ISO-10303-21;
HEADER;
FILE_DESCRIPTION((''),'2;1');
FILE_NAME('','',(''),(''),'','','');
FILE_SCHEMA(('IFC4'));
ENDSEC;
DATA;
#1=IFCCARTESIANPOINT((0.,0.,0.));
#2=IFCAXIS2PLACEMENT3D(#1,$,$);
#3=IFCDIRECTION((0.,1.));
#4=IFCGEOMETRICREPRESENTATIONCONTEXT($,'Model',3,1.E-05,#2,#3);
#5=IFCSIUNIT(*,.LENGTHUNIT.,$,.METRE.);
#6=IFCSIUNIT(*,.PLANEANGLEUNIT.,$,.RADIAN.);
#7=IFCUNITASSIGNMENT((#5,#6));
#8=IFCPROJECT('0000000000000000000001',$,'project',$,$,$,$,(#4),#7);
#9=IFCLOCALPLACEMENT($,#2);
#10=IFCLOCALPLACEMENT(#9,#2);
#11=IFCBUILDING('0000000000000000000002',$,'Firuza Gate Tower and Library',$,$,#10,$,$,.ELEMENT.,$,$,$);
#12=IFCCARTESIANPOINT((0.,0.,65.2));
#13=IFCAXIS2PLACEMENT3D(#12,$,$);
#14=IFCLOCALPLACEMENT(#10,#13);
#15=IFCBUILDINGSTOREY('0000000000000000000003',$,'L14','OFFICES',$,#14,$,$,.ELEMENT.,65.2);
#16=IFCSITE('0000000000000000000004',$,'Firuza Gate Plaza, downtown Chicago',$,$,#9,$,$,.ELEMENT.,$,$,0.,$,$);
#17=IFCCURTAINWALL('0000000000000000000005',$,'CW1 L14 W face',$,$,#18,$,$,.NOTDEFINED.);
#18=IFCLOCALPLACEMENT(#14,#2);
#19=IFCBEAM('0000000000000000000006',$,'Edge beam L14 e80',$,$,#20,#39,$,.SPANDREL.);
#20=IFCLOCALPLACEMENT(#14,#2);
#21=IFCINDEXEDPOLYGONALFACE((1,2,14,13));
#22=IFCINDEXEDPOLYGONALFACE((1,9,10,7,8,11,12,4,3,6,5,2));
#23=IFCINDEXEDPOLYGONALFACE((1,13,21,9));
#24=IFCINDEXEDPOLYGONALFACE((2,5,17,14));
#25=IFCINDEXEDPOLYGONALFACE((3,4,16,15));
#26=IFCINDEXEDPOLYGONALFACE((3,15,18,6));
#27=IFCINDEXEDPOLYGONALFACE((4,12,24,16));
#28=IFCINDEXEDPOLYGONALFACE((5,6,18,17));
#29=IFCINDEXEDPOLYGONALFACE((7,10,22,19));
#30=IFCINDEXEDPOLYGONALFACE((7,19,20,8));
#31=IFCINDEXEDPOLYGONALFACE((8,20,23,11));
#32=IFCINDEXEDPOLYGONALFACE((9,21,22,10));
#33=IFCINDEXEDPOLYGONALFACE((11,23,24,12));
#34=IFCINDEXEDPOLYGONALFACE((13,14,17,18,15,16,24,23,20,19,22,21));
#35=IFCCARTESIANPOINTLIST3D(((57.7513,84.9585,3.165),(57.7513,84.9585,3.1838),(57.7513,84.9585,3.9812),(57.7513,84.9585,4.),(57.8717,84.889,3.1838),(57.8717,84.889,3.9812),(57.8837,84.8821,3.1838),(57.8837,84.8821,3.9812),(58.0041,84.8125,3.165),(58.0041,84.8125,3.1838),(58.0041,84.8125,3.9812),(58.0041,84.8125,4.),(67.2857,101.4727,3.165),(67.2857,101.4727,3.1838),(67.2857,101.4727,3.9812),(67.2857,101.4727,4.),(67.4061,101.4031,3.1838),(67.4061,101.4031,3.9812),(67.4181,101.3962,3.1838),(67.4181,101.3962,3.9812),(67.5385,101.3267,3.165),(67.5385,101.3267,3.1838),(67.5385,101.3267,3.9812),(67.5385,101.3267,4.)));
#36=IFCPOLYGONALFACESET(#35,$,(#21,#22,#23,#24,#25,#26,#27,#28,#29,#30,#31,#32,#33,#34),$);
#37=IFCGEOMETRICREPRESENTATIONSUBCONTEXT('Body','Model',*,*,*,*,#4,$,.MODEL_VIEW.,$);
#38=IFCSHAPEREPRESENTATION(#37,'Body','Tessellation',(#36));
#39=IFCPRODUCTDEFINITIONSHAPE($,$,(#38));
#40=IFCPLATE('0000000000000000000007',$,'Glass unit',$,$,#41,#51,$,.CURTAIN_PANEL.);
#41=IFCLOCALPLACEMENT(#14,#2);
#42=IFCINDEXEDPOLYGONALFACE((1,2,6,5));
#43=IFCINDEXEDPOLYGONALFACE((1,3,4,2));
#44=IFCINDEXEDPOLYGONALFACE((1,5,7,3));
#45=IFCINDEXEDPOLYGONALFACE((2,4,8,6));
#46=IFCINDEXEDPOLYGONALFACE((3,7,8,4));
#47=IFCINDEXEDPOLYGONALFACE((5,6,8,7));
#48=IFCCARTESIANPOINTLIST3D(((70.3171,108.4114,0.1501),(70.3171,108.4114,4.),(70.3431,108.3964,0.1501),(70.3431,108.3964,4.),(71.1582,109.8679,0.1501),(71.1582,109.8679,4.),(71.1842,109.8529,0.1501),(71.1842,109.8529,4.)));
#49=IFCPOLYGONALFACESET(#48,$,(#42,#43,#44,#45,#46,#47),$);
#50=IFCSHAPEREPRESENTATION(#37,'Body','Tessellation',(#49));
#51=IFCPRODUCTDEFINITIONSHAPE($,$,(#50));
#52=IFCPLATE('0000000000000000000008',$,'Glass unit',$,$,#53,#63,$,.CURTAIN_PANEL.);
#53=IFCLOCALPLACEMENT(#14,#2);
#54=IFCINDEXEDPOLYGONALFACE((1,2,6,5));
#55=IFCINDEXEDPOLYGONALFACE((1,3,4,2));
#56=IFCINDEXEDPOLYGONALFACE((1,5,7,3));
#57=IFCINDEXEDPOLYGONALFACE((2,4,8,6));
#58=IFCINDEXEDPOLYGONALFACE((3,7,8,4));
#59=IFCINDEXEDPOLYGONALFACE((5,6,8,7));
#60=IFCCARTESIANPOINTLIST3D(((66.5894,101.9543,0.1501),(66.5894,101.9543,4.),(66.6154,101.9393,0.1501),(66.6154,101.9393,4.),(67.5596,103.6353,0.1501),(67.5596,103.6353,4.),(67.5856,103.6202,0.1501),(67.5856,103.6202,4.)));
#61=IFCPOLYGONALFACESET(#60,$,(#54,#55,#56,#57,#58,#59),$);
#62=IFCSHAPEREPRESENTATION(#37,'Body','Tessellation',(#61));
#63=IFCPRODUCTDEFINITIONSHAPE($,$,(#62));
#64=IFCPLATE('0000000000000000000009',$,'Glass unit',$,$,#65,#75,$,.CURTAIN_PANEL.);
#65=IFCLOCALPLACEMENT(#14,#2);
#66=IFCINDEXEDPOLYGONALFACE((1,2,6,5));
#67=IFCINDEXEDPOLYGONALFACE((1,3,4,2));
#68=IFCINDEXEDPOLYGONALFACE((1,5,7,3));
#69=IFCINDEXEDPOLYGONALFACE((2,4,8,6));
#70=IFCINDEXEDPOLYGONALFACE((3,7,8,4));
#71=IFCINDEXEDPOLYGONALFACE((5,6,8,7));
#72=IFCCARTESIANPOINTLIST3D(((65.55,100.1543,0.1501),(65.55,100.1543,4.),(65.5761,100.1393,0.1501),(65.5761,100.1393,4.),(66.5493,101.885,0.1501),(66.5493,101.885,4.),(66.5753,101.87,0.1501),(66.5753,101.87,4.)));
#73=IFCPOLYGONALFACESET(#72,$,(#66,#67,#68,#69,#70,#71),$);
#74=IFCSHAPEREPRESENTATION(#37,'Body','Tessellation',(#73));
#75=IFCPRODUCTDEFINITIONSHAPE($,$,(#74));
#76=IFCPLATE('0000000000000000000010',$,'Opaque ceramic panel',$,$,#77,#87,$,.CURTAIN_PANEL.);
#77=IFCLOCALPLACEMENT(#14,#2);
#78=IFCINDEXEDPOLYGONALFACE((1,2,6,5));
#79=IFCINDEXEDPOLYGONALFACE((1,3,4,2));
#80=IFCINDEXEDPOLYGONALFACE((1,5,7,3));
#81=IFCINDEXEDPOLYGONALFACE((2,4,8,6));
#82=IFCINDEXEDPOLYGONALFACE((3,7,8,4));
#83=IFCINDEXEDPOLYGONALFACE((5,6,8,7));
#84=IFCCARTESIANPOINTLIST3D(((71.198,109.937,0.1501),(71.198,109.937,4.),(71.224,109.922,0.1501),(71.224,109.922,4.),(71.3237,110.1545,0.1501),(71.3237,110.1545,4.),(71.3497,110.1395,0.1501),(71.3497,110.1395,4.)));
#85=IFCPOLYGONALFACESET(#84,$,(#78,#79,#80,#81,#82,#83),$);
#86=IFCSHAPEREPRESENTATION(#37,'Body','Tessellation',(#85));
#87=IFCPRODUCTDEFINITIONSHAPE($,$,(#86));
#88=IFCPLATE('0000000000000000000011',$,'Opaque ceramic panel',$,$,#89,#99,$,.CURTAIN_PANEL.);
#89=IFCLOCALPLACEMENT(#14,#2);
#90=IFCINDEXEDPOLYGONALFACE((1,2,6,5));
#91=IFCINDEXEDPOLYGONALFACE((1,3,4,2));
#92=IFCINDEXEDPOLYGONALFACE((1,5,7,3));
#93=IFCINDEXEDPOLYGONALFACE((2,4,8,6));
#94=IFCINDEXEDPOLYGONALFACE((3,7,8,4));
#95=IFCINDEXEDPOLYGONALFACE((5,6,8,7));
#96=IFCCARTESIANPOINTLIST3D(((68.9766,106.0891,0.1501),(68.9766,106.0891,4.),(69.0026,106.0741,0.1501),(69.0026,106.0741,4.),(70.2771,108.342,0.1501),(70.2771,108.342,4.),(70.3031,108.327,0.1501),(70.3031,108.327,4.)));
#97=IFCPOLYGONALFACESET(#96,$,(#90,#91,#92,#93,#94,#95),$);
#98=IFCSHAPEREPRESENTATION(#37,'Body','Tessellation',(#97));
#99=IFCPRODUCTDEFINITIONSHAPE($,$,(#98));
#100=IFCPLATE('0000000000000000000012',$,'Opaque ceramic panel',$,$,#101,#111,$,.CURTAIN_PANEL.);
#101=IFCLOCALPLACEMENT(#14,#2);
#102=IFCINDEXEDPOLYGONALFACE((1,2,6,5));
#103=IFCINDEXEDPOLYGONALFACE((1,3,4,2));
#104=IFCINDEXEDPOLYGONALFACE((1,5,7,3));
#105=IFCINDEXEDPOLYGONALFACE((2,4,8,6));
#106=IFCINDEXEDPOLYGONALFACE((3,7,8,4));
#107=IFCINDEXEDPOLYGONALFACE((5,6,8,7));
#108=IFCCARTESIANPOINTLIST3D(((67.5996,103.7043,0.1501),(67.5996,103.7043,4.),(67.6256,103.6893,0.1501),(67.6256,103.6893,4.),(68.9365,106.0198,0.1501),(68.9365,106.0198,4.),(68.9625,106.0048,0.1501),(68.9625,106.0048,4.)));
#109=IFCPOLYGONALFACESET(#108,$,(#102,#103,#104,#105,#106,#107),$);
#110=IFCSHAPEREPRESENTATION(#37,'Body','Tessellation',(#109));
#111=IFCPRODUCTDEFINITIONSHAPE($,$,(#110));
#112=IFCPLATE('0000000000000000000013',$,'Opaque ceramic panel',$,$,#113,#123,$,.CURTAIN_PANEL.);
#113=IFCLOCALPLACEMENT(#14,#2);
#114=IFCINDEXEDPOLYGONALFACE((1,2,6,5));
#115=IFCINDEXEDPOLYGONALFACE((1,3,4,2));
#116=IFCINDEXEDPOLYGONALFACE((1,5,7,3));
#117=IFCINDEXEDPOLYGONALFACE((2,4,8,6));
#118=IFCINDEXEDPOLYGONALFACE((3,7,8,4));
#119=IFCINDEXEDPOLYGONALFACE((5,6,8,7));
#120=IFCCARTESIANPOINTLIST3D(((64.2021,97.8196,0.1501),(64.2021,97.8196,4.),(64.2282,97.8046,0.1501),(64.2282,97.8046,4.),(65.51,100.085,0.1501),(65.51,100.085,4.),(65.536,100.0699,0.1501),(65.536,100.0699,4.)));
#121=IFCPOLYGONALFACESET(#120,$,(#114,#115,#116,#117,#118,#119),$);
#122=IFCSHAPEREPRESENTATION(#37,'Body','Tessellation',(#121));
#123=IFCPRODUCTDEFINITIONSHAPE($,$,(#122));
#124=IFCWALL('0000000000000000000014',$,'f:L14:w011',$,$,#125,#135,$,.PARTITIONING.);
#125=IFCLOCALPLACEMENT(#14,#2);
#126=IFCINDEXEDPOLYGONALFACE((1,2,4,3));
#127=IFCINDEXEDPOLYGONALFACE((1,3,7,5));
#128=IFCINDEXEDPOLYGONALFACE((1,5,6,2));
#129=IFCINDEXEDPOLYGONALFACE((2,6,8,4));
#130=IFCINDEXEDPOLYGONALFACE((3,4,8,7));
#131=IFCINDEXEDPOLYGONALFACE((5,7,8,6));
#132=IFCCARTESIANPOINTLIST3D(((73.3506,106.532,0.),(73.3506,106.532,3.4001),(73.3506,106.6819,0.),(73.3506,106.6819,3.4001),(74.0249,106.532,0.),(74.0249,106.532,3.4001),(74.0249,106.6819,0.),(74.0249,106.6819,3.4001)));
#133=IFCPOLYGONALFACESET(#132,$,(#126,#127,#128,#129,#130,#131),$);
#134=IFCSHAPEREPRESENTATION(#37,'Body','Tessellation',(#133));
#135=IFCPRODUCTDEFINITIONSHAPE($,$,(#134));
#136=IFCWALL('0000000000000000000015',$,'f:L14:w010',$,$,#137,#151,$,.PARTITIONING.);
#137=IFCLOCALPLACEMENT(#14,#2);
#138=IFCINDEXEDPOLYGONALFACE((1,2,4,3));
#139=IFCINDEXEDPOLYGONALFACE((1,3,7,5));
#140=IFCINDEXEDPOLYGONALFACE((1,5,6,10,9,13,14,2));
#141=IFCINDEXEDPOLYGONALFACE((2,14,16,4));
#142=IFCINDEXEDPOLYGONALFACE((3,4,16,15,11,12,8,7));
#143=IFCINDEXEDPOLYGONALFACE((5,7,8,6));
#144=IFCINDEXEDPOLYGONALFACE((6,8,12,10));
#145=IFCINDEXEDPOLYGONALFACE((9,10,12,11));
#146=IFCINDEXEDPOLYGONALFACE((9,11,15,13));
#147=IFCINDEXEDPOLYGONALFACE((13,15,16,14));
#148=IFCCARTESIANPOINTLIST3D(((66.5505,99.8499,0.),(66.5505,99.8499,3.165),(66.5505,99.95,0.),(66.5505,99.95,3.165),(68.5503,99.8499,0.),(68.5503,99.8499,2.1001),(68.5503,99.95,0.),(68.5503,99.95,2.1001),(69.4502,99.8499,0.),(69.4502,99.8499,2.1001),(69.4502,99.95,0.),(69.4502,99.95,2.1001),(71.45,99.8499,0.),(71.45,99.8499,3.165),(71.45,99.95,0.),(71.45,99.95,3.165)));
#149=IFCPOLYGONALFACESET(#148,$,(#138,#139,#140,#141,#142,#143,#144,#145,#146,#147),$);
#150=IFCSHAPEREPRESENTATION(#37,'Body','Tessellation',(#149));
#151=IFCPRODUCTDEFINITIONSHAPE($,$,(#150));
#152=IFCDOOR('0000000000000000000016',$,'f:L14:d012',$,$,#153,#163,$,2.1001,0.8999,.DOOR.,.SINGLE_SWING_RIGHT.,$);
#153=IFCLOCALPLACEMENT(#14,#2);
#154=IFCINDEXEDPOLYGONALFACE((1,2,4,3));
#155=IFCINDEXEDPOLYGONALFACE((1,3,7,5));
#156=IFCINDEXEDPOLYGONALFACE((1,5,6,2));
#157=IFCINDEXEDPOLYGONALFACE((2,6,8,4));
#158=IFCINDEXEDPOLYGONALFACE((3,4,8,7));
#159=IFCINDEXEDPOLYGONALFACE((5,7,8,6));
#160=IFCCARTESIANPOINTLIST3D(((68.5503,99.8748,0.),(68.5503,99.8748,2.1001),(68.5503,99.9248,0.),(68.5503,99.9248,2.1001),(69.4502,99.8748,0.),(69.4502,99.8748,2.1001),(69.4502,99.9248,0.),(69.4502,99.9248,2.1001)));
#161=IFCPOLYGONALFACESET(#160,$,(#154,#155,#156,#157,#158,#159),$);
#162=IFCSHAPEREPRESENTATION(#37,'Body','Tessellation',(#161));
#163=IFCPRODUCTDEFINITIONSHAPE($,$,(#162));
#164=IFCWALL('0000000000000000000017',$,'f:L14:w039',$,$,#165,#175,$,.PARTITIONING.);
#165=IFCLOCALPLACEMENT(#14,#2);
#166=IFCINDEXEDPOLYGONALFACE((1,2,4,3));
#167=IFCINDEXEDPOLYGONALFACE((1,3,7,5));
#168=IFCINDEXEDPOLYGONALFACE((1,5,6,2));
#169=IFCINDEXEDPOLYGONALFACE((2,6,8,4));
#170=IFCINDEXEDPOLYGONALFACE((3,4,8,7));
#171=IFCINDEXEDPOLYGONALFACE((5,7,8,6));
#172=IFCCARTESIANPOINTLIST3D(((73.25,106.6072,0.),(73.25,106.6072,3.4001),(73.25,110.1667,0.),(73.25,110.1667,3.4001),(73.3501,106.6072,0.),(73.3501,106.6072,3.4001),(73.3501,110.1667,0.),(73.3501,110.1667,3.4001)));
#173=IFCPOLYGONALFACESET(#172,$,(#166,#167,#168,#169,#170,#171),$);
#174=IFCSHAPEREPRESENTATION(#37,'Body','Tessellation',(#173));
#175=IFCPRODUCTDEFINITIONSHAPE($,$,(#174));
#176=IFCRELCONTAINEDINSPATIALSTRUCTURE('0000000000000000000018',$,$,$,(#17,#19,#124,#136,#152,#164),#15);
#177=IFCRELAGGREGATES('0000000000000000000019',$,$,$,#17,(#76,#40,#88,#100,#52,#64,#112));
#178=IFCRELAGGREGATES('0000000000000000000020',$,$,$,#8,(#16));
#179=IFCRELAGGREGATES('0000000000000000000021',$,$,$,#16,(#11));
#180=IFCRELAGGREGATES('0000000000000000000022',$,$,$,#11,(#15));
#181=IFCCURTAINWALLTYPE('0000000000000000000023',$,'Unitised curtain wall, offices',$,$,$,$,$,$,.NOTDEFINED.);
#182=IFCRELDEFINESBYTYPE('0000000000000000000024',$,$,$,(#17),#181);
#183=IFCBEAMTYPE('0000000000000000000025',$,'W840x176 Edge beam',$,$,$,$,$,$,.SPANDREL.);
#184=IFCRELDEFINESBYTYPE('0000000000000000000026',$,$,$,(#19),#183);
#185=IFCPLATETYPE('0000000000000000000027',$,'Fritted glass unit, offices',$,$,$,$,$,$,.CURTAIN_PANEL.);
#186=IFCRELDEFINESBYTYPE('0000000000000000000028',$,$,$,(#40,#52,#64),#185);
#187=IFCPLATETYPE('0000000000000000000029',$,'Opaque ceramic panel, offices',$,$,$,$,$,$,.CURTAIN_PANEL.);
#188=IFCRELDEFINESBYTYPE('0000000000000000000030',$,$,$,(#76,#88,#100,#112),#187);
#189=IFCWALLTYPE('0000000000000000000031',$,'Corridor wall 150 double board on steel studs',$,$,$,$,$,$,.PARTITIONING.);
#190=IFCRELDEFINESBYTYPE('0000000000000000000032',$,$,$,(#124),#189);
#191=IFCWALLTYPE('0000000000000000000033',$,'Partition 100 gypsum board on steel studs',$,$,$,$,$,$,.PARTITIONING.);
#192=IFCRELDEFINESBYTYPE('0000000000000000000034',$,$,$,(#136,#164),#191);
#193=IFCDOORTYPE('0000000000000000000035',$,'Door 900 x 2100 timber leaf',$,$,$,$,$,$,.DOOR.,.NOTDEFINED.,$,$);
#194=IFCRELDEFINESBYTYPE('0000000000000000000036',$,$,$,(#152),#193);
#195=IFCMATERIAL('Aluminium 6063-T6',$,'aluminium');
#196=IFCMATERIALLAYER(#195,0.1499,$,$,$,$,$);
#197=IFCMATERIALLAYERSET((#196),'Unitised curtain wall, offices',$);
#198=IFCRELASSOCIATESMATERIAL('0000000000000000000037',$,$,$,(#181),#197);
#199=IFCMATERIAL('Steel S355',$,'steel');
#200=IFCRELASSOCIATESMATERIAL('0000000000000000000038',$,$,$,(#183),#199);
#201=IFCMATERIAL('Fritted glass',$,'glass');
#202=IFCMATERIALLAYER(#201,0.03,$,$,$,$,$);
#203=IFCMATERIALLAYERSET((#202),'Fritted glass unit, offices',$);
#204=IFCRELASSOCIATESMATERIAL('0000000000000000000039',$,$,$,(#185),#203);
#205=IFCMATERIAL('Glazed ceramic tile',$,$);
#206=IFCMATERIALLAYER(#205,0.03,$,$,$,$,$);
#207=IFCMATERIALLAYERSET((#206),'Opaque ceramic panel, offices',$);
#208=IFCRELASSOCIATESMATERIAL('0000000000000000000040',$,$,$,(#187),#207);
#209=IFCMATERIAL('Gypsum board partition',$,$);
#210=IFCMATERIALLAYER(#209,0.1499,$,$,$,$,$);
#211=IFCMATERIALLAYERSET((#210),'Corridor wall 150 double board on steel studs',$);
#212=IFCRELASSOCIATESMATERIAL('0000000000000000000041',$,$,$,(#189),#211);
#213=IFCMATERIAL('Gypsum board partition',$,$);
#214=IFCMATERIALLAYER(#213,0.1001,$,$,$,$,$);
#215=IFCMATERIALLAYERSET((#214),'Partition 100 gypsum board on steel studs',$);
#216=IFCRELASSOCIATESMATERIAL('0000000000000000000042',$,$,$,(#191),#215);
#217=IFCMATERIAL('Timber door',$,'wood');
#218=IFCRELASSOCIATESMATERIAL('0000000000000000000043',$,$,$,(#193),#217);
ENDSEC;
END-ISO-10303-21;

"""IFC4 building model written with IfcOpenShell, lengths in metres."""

from ifc_helpers import new_model, si_unit, direction, frame, frame_2d, origin, origin_2d, place, context, subcontext, project, spatial, polyline, rectangle, i_section, outline, extrude, material, layer, layer_set, material_profile, profile_set, type_object, element, fill, aggregate, save


model = new_model("IFC4")

# Units and contexts
model_context = context("Model", 3, precision=1e-05, world=origin(), true_north=direction((0.0, 1.0)))
body_context = subcontext(model_context, "Body", "Model", "MODEL_VIEW")
ifc_project = project(units=[si_unit("LENGTHUNIT", "METRE"), si_unit("PLANEANGLEUNIT", "RADIAN")], contexts=[model_context])

# Site, building, storey
site_placement = place(None, origin())
site = spatial("IfcSite", under=ifc_project, at=site_placement, Name="Firuza Gate Plaza, downtown Chicago", CompositionType="ELEMENT", RefElevation=0.0)
building_placement = place(site_placement, origin())
building = spatial("IfcBuilding", under=site, at=building_placement, Name="Firuza Gate Tower and Library", CompositionType="ELEMENT")
storey_placement = place(building_placement, frame((0.0, 0.0, 65.2)))
storey = spatial("IfcBuildingStorey", under=building, at=storey_placement, Name="L14", Description="OFFICES", CompositionType="ELEMENT", Elevation=65.2)

# Curtain wall
ifc_material_1 = material(Name="Aluminium 6063-T6", Category="aluminium")
ifc_layer_1 = layer(ifc_material_1, 0.1499)
ifc_layer_set_1 = layer_set([ifc_layer_1], Name="Unitised curtain wall, offices")
curtain_wall_type = type_object("IfcCurtainWallType", Name="Unitised curtain wall, offices", PredefinedType="NOTDEFINED", material=ifc_layer_set_1)
curtain_wall_placement = place(storey_placement, origin())
curtain_wall = element("IfcCurtainWall", 1, at=curtain_wall_placement, inside=storey, type_object=curtain_wall_type, Name="CW1 L14 W face", PredefinedType="NOTDEFINED")

# Beam
ifc_material_2 = material(Name="Steel S355", Category="steel")
ifc_material_profile_1 = material_profile(ifc_material_2, i_section(OverallWidth=0.292, OverallDepth=0.835, WebThickness=0.0139, FlangeThickness=0.0188, at=origin_2d()))
ifc_profile_set_1 = profile_set([ifc_material_profile_1], Name="Steel S355")
beam_type_1 = type_object("IfcBeamType", Name="W840x176 Edge beam", PredefinedType="SPANDREL", material=ifc_profile_set_1)
beam_1_placement = place(storey_placement, frame((67.4121, 101.3997, 3.5825), z_axis=(-0.499999, -0.866026, 0.0), x_axis=(0.866026, -0.499999, 0.0)))
element("IfcBeam", 2, at=beam_1_placement, inside=storey, type_object=beam_type_1, Name="Edge beam L14 e80", PredefinedType="SPANDREL", context=body_context, shape_type="SweptSolid", body=[
    extrude(i_section(OverallWidth=0.292, OverallDepth=0.835, WebThickness=0.0139, FlangeThickness=0.0188, at=origin_2d()), origin(), (0.0, 0.0, 1.0), 19.0688),
])

# Plates
ifc_material_3 = material(Name="Fritted glass", Category="glass")
ifc_layer_2 = layer(ifc_material_3, 0.03)
ifc_layer_set_2 = layer_set([ifc_layer_2], Name="Fritted glass unit, offices")
plate_type_1 = type_object("IfcPlateType", Name="Fritted glass unit, offices", PredefinedType="CURTAIN_PANEL", material=ifc_layer_set_2)
plate_1_placement = place(storey_placement, frame((71.1582, 109.8679, 0.1501), z_axis=(-0.865992, 0.500058, 0.0), x_axis=(-0.500058, -0.865992, 0.0)))
plate_1 = element("IfcPlate", 3, at=plate_1_placement, type_object=plate_type_1, Name="Glass unit", PredefinedType="CURTAIN_PANEL", context=body_context, shape_type="SweptSolid", body=[
    extrude(outline(polyline([(0.0, 0.0), (1.6819, 0.0), (1.6819, 3.8499), (0.0, 3.8499), (0.0, 0.0)])), origin(), (0.0, 0.0, -1.0), 0.03),
])
plate_2_placement = place(storey_placement, frame((67.5596, 103.6353, 0.1501), z_axis=(-0.866083, 0.4999, 0.0), x_axis=(-0.4999, -0.866083, 0.0)))
plate_2 = element("IfcPlate", 4, at=plate_2_placement, type_object=plate_type_1, Name="Glass unit", PredefinedType="CURTAIN_PANEL", context=body_context, shape_type="SweptSolid", body=[
    extrude(outline(polyline([(0.0, 0.0), (1.9408, 0.0), (1.9408, 3.8499), (0.0, 3.8499), (0.0, 0.0)])), origin(), (0.0, 0.0, -1.0), 0.03),
])
plate_3_placement = place(storey_placement, frame((66.5493, 101.885, 0.1501), z_axis=(-0.866017, 0.500015, 0.0), x_axis=(-0.500015, -0.866017, 0.0)))
plate_3 = element("IfcPlate", 5, at=plate_3_placement, type_object=plate_type_1, Name="Glass unit", PredefinedType="CURTAIN_PANEL", context=body_context, shape_type="SweptSolid", body=[
    extrude(outline(polyline([(0.0, 0.0), (1.9985, 0.0), (1.9985, 3.8499), (0.0, 3.8499), (0.0, 0.0)])), origin(), (0.0, 0.0, -1.0), 0.03),
])
ifc_material_4 = material(Name="Glazed ceramic tile")
ifc_layer_3 = layer(ifc_material_4, 0.03)
ifc_layer_set_3 = layer_set([ifc_layer_3], Name="Opaque ceramic panel, offices")
plate_type_2 = type_object("IfcPlateType", Name="Opaque ceramic panel, offices", PredefinedType="CURTAIN_PANEL", material=ifc_layer_set_3)
plate_4_placement = place(storey_placement, frame((71.3237, 110.1545, 0.1501), z_axis=(-0.865781, 0.500423, 0.0), x_axis=(-0.500423, -0.865781, 0.0)))
plate_4 = element("IfcPlate", 6, at=plate_4_placement, type_object=plate_type_2, Name="Opaque ceramic panel", PredefinedType="CURTAIN_PANEL", context=body_context, shape_type="SweptSolid", body=[
    extrude(outline(polyline([(0.0, 0.0), (0.2513, 0.0), (0.2513, 3.8499), (0.0, 3.8499), (0.0, 0.0)])), origin(), (0.0, 0.0, -1.0), 0.03),
])
plate_5_placement = place(storey_placement, frame((70.2771, 108.342, 0.1501), z_axis=(-0.866057, 0.499945, 0.0), x_axis=(-0.499945, -0.866057, 0.0)))
plate_5 = element("IfcPlate", 7, at=plate_5_placement, type_object=plate_type_2, Name="Opaque ceramic panel", PredefinedType="CURTAIN_PANEL", context=body_context, shape_type="SweptSolid", body=[
    extrude(outline(polyline([(0.0, 0.0), (2.6014, 0.0), (2.6014, 3.8499), (0.0, 3.8499), (0.0, 0.0)])), origin(), (0.0, 0.0, -1.0), 0.03),
])
plate_6_placement = place(storey_placement, frame((68.9365, 106.0198, 0.1501), z_axis=(-0.866009, 0.500028, 0.0), x_axis=(-0.500028, -0.866009, 0.0)))
plate_6 = element("IfcPlate", 8, at=plate_6_placement, type_object=plate_type_2, Name="Opaque ceramic panel", PredefinedType="CURTAIN_PANEL", context=body_context, shape_type="SweptSolid", body=[
    extrude(outline(polyline([(0.0, 0.0), (2.6737, 0.0), (2.6737, 3.8499), (0.0, 3.8499), (0.0, 0.0)])), origin(), (0.0, 0.0, -1.0), 0.03),
])
plate_7_placement = place(storey_placement, frame((65.51, 100.085, 0.1501), z_axis=(-0.866035, 0.499984, 0.0), x_axis=(-0.499984, -0.866035, 0.0)))
plate_7 = element("IfcPlate", 9, at=plate_7_placement, type_object=plate_type_2, Name="Opaque ceramic panel", PredefinedType="CURTAIN_PANEL", context=body_context, shape_type="SweptSolid", body=[
    extrude(outline(polyline([(0.0, 0.0), (2.6158, 0.0), (2.6158, 3.8499), (0.0, 3.8499), (0.0, 0.0)])), origin(), (0.0, 0.0, -1.0), 0.03),
])
aggregate(curtain_wall, [plate_4, plate_1, plate_5, plate_6, plate_2, plate_3, plate_7])

# Wall
ifc_material_5 = material(Name="Gypsum board partition")
ifc_layer_4 = layer(ifc_material_5, 0.1499)
ifc_layer_set_4 = layer_set([ifc_layer_4], Name="Corridor wall 150 double board on steel studs")
wall_type_1 = type_object("IfcWallType", Name="Corridor wall 150 double board on steel studs", PredefinedType="PARTITIONING", material=ifc_layer_set_4)
wall_1_placement = place(storey_placement, frame((73.3506, 106.6069, 0.0), z_axis=(0.0, 0.0, 1.0), x_axis=(1.0, 0.0, 0.0)))
element("IfcWall", 10, at=wall_1_placement, inside=storey, type_object=wall_type_1, Name="f:L14:w011", PredefinedType="PARTITIONING", context=body_context, shape_type="SweptSolid", body=[
    extrude(rectangle(XDim=0.6743, YDim=0.1499, at=frame_2d((0.3372, 0.0))), origin(), (0.0, 0.0, 1.0), 3.4001),
])

# Wall, opening, door
ifc_material_6 = material(Name="Gypsum board partition")
ifc_layer_5 = layer(ifc_material_6, 0.1001)
ifc_layer_set_5 = layer_set([ifc_layer_5], Name="Partition 100 gypsum board on steel studs")
wall_type_2 = type_object("IfcWallType", Name="Partition 100 gypsum board on steel studs", PredefinedType="PARTITIONING", material=ifc_layer_set_5)
wall_2_placement = place(storey_placement, frame((66.5505, 99.8999, 0.0), z_axis=(0.0, 0.0, 1.0), x_axis=(1.0, 0.0, 0.0)))
wall_2 = element("IfcWall", 11, at=wall_2_placement, inside=storey, type_object=wall_type_2, Name="f:L14:w010", PredefinedType="PARTITIONING", context=body_context, shape_type="SweptSolid", body=[
    extrude(rectangle(XDim=4.8994, YDim=0.1001, at=frame_2d((2.4497, 0.0))), origin(), (0.0, 0.0, 1.0), 3.165),
])
opening_1_placement = place(wall_2_placement, frame((1.9998, 0.0, 0.0)))
opening_1 = element("IfcOpeningElement", 12, at=opening_1_placement, cuts=wall_2, PredefinedType="OPENING", context=body_context, shape_type="SweptSolid", body=[
    extrude(rectangle(XDim=0.8999, YDim=2.1001, at=frame_2d((0.45, 1.05))), frame((0.0, 0.0601, 0.0), z_axis=(0.0, -1.0, 0.0), x_axis=(1.0, 0.0, 0.0)), (0.0, 0.0, 1.0), 0.1201),
])
ifc_material_7 = material(Name="Timber door", Category="wood")
door_type = type_object("IfcDoorType", Name="Door 900 x 2100 timber leaf", OperationType="NOTDEFINED", PredefinedType="DOOR", material=ifc_material_7)
door_1_placement = place(opening_1_placement, origin())
door_1 = element("IfcDoor", 13, at=door_1_placement, inside=storey, type_object=door_type, Name="f:L14:d012", OperationType="SINGLE_SWING_RIGHT", OverallHeight=2.1001, OverallWidth=0.8999, PredefinedType="DOOR", context=body_context, shape_type="SweptSolid", body=[
    extrude(rectangle(XDim=0.8999, YDim=2.1001, at=frame_2d((0.45, 1.05))), frame((0.0, 0.0249, 0.0), z_axis=(0.0, -1.0, 0.0), x_axis=(1.0, 0.0, 0.0)), (0.0, 0.0, 1.0), 0.05),
])
fill(opening_1, door_1)

# Wall
wall_3_placement = place(storey_placement, frame((73.3, 106.6072, 0.0), z_axis=(0.0, 0.0, 1.0), x_axis=(0.0, 1.0, 0.0)))
element("IfcWall", 14, at=wall_3_placement, inside=storey, type_object=wall_type_2, Name="f:L14:w039", PredefinedType="PARTITIONING", context=body_context, shape_type="SweptSolid", body=[
    extrude(rectangle(XDim=3.5596, YDim=0.1001, at=frame_2d((1.7798, 0.0))), origin(), (0.0, 0.0, 1.0), 3.4001),
])

save(model, "model.ifc")
